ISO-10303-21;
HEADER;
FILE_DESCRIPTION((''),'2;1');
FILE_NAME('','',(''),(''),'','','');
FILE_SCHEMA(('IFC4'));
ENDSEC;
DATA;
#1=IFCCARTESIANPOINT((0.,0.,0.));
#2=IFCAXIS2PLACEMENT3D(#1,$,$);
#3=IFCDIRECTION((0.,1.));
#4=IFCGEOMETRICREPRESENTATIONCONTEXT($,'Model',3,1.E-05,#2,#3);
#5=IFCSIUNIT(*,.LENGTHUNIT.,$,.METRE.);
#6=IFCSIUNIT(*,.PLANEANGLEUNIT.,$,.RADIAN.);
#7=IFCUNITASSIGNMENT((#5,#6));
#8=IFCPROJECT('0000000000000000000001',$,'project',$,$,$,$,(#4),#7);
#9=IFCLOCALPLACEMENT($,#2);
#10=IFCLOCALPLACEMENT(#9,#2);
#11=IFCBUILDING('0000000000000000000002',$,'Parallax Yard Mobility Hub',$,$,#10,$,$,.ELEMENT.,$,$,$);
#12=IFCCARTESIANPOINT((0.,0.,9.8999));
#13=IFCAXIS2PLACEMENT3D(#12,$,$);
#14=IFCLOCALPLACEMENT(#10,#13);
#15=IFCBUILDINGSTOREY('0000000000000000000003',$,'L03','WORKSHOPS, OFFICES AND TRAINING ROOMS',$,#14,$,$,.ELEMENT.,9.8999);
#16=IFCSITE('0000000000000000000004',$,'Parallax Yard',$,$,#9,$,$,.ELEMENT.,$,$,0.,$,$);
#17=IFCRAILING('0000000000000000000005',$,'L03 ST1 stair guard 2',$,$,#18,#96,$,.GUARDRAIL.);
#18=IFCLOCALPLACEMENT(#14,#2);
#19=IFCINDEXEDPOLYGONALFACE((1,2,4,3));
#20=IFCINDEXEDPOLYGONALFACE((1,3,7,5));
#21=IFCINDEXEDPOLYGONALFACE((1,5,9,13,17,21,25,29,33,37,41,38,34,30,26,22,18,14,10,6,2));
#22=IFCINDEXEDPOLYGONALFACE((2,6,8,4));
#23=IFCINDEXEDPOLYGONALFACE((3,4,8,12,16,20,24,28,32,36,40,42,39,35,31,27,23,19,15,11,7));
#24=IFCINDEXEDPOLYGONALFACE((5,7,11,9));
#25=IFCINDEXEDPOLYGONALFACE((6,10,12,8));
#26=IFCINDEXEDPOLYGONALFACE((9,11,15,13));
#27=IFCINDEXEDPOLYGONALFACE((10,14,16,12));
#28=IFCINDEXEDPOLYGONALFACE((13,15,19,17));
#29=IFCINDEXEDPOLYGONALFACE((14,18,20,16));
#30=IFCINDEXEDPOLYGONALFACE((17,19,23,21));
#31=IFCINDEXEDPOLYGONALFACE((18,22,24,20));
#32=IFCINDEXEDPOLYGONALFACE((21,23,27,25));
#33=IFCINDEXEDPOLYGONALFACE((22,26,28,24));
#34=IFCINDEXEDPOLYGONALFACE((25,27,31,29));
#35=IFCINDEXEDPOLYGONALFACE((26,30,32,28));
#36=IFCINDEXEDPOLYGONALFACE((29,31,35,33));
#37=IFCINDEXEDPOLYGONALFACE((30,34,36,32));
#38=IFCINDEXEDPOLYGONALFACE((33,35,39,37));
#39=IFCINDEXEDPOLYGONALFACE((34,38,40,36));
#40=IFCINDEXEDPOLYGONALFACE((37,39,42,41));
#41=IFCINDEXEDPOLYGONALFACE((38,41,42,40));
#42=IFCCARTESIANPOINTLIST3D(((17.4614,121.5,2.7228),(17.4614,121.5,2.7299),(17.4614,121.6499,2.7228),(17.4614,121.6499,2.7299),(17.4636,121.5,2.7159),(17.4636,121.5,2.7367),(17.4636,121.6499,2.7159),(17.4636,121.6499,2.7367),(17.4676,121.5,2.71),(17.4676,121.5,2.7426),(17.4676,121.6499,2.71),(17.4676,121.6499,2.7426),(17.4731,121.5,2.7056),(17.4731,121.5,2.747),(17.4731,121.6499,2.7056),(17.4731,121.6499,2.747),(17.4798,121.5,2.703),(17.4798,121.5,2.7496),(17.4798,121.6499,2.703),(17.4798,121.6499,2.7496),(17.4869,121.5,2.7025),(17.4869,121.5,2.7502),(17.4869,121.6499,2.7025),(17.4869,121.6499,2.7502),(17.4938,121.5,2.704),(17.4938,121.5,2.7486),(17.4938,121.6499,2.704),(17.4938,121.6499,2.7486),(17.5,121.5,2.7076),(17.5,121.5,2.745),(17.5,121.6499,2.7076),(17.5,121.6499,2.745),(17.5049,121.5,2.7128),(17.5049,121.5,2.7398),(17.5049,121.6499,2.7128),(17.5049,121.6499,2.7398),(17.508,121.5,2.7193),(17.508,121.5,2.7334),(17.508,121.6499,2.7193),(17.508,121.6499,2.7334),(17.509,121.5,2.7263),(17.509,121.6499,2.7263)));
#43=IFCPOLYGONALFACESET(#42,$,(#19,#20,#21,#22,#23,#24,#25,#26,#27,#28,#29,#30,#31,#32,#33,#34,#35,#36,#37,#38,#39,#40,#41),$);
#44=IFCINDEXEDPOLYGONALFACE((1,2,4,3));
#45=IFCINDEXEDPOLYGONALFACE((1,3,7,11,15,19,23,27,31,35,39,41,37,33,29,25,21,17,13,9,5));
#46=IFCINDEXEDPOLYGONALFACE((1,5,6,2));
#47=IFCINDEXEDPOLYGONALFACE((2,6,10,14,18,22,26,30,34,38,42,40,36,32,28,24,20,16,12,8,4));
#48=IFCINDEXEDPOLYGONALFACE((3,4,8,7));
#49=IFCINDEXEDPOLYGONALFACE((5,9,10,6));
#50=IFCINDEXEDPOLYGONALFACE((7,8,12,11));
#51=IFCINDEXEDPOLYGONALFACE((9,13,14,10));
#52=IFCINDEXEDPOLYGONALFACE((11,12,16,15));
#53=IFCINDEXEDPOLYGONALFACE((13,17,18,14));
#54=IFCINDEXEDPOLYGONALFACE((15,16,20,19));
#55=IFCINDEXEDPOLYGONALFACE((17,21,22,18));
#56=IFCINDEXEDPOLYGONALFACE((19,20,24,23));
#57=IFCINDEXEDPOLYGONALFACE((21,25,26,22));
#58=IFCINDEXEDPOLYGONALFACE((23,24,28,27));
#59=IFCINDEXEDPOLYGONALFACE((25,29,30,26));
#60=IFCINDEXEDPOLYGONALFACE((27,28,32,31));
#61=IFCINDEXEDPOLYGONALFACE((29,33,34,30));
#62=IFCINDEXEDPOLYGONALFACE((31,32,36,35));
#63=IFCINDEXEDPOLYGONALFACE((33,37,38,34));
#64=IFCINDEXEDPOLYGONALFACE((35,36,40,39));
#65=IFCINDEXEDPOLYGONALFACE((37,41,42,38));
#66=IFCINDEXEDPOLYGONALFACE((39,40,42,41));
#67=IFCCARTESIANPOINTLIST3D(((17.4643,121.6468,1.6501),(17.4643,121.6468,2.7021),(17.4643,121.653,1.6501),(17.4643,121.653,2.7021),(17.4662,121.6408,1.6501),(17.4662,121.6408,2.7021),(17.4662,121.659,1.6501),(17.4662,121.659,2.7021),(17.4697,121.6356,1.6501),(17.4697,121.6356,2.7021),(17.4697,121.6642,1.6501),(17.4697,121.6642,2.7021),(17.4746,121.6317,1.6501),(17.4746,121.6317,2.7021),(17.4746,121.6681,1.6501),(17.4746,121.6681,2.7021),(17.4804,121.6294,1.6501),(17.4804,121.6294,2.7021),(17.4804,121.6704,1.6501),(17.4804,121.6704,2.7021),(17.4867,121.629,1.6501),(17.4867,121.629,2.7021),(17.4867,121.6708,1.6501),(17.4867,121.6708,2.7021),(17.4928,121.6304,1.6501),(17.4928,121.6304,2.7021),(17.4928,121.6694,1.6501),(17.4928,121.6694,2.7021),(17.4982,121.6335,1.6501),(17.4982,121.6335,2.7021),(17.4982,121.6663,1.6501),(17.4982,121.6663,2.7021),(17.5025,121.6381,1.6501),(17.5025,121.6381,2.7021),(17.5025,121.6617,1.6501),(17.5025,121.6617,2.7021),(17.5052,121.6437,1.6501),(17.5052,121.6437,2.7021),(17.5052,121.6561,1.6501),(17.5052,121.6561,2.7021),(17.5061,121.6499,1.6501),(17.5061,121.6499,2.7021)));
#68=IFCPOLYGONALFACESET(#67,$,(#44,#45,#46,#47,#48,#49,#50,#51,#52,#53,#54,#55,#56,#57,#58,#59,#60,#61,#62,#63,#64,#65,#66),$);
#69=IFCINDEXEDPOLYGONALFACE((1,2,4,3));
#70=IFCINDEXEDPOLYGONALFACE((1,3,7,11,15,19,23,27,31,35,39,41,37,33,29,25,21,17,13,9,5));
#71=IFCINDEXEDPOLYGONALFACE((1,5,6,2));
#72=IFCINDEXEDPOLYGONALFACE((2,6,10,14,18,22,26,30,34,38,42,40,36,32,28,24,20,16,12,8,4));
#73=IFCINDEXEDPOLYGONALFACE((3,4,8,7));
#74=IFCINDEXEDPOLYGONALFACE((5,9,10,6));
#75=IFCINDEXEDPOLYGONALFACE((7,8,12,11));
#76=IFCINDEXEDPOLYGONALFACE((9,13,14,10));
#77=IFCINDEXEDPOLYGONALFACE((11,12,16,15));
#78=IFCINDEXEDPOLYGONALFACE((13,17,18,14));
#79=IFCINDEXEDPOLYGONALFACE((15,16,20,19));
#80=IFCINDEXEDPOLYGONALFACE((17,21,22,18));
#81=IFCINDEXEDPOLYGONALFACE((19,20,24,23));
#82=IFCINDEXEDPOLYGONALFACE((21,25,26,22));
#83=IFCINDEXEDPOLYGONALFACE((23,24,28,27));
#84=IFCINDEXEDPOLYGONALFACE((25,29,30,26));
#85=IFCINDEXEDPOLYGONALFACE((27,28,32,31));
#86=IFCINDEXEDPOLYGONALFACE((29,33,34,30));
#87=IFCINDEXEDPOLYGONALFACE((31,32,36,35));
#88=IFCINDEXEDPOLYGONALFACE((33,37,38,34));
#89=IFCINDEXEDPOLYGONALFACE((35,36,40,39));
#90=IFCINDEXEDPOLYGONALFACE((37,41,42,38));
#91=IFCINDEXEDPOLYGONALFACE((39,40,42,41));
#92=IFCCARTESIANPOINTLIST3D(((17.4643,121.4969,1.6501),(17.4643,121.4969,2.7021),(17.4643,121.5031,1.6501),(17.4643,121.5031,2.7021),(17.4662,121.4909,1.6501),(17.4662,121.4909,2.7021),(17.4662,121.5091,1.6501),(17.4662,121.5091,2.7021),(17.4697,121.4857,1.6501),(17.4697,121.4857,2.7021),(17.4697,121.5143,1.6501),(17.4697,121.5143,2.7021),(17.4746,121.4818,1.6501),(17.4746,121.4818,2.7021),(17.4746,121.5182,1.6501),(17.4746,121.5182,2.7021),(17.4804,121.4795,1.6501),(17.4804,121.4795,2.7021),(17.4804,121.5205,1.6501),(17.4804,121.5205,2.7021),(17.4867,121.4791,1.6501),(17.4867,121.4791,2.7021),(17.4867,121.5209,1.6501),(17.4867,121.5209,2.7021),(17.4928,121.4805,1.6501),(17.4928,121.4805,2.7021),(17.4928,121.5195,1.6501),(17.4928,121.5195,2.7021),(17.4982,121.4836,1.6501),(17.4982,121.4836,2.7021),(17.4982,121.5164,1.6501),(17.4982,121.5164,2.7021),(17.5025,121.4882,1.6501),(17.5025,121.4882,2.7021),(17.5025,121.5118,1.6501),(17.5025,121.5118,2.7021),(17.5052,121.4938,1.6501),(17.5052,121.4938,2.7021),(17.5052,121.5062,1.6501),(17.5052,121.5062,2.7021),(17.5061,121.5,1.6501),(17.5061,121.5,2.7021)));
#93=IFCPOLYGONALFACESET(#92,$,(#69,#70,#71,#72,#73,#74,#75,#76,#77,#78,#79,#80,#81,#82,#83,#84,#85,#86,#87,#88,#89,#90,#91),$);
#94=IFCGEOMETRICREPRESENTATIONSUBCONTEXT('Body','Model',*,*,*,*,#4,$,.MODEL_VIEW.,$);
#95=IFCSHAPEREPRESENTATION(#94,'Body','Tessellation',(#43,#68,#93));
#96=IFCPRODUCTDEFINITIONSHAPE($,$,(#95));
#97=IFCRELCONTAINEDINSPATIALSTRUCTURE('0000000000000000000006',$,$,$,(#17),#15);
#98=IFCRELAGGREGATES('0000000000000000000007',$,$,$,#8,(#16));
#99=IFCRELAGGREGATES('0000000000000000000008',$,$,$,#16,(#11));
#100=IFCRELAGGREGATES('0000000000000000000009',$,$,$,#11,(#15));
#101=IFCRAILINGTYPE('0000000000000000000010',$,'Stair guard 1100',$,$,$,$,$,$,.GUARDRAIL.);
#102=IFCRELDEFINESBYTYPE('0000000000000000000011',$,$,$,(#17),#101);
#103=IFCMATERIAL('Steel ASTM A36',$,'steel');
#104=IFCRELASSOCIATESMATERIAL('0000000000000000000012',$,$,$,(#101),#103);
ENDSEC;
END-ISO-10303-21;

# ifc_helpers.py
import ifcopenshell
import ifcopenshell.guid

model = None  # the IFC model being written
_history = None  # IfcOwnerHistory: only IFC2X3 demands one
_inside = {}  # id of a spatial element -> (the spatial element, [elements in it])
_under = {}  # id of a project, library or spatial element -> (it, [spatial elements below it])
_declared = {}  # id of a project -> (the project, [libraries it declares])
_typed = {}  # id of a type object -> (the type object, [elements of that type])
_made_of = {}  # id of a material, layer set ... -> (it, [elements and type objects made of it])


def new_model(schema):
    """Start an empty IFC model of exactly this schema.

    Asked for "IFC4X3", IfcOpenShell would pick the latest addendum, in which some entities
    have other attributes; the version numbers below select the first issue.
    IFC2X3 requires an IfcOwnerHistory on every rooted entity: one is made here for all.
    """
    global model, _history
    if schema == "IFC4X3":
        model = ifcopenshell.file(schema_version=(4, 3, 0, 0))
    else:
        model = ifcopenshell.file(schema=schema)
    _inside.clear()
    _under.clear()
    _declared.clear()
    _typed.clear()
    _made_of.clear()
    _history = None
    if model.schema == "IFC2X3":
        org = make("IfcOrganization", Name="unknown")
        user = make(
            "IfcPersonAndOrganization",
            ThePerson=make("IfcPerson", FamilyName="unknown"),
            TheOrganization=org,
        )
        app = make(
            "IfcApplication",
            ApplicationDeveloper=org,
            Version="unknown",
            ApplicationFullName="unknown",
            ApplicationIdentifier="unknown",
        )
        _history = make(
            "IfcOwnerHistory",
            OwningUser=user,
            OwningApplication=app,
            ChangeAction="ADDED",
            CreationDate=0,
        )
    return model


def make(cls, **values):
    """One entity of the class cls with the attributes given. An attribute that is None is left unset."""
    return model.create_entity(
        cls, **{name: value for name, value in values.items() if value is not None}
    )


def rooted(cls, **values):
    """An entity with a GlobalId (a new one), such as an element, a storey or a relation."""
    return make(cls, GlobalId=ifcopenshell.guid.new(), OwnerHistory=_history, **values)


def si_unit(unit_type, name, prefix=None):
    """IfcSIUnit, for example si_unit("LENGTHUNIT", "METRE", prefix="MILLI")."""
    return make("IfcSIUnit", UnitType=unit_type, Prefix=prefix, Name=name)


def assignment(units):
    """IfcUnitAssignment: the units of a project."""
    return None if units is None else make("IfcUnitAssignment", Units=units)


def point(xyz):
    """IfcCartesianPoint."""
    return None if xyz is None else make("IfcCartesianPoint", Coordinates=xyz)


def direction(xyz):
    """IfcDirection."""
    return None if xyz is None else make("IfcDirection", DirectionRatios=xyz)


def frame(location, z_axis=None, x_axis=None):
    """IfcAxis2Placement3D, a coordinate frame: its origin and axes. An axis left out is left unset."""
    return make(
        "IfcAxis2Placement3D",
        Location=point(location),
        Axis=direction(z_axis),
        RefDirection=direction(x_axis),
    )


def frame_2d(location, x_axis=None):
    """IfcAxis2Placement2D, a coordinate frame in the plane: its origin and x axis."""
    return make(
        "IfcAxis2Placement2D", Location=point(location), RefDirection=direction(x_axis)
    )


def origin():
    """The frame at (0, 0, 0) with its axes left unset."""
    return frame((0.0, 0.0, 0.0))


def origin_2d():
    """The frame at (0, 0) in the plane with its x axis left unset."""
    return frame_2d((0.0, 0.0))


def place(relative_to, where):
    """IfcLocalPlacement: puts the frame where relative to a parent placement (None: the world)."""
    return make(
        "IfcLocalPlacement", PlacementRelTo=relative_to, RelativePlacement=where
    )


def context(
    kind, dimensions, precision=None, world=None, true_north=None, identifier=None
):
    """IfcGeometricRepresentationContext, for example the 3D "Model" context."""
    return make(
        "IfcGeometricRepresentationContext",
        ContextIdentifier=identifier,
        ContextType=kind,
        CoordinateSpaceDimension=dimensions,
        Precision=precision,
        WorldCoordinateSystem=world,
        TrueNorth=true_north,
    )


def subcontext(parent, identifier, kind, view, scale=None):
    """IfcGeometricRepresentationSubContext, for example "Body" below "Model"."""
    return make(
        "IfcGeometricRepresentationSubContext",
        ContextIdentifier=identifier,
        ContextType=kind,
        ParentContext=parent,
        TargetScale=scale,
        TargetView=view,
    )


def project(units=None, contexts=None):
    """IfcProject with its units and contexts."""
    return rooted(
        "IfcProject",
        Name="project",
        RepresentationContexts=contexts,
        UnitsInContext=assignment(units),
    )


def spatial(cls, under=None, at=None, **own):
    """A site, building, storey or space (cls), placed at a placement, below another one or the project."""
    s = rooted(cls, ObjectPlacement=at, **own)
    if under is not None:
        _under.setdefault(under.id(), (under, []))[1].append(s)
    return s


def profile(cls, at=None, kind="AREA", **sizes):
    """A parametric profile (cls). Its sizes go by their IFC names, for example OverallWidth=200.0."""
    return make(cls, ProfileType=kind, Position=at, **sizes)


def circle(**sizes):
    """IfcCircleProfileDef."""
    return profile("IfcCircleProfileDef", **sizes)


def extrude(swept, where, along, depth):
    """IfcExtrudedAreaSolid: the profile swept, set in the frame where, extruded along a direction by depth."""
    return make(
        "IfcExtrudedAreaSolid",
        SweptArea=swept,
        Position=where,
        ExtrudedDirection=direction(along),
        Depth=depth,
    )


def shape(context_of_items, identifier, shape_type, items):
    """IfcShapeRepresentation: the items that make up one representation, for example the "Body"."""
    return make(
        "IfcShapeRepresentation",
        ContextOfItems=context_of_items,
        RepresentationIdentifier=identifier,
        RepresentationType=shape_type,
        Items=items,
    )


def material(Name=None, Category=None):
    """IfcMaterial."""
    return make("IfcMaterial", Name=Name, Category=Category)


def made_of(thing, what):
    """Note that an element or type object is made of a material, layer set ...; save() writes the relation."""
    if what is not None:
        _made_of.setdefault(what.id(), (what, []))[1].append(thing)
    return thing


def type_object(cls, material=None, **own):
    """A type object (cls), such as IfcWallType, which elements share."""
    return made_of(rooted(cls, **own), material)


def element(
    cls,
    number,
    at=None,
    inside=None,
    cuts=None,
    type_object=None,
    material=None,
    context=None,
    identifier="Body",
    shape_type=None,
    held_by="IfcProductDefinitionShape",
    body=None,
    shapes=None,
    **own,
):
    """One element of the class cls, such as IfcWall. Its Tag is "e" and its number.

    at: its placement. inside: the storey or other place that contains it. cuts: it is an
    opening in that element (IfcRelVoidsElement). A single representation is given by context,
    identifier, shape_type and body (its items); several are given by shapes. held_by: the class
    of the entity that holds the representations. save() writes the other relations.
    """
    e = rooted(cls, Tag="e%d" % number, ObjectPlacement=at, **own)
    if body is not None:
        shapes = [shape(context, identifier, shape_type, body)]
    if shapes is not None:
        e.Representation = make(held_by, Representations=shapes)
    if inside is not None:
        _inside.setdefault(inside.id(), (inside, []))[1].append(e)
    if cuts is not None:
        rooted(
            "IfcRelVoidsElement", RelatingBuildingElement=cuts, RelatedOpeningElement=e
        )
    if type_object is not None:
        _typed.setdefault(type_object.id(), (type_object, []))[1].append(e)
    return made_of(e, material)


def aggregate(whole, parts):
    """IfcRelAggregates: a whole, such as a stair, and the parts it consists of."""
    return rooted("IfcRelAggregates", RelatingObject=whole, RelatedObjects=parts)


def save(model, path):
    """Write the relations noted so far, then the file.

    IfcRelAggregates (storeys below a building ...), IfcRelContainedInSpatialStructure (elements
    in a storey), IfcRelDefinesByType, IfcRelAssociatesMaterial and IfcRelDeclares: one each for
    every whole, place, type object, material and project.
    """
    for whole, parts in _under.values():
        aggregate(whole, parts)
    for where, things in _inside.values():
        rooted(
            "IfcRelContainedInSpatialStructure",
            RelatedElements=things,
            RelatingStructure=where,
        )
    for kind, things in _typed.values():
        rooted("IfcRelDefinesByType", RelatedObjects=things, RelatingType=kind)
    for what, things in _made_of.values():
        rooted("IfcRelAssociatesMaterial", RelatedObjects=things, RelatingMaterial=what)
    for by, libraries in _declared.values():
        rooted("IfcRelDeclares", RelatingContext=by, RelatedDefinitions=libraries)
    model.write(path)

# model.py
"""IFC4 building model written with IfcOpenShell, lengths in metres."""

from ifc_helpers import new_model, si_unit, direction, frame, origin, origin_2d, place, context, subcontext, project, spatial, circle, extrude, material, type_object, element, save


model = new_model("IFC4")

# Units and contexts
model_context = context("Model", 3, precision=1e-05, world=origin(), true_north=direction((0.0, 1.0)))
body_context = subcontext(model_context, "Body", "Model", "MODEL_VIEW")
ifc_project = project(units=[si_unit("LENGTHUNIT", "METRE"), si_unit("PLANEANGLEUNIT", "RADIAN")], contexts=[model_context])

# Site, building, storey
site_placement = place(None, origin())
site = spatial("IfcSite", under=ifc_project, at=site_placement, Name="Parallax Yard", CompositionType="ELEMENT", RefElevation=0.0)
building_placement = place(site_placement, origin())
building = spatial("IfcBuilding", under=site, at=building_placement, Name="Parallax Yard Mobility Hub", CompositionType="ELEMENT")
storey_placement = place(building_placement, frame((0.0, 0.0, 9.8999)))
storey = spatial("IfcBuildingStorey", under=building, at=storey_placement, Name="L03", Description="WORKSHOPS, OFFICES AND TRAINING ROOMS", CompositionType="ELEMENT", Elevation=9.8999)

# Railing
ifc_material_1 = material(Name="Steel ASTM A36", Category="steel")
railing_type_1 = type_object("IfcRailingType", Name="Stair guard 1100", PredefinedType="GUARDRAIL", material=ifc_material_1)
railing_1_placement = place(storey_placement, frame((17.4851, 121.6499, 1.6501)))
element("IfcRailing", 1, at=railing_1_placement, inside=storey, type_object=railing_type_1, Name="L03 ST1 stair guard 2", PredefinedType="GUARDRAIL", context=body_context, shape_type="SweptSolid", body=[
    extrude(circle(Radius=0.0239, at=origin_2d()), frame((0.0, 0.0, 1.0762), z_axis=(0.0, -1.0, 0.0), x_axis=(1.0, 0.0, 0.0)), (0.0, 0.0, 1.0), 0.1499),
    extrude(circle(Radius=0.021, at=origin_2d()), origin(), (0.0, 0.0, 1.0), 1.052),
    extrude(circle(Radius=0.021, at=origin_2d()), frame((0.0, -0.1499, 0.0)), (0.0, 0.0, 1.0), 1.052),
])

save(model, "model.ifc")
